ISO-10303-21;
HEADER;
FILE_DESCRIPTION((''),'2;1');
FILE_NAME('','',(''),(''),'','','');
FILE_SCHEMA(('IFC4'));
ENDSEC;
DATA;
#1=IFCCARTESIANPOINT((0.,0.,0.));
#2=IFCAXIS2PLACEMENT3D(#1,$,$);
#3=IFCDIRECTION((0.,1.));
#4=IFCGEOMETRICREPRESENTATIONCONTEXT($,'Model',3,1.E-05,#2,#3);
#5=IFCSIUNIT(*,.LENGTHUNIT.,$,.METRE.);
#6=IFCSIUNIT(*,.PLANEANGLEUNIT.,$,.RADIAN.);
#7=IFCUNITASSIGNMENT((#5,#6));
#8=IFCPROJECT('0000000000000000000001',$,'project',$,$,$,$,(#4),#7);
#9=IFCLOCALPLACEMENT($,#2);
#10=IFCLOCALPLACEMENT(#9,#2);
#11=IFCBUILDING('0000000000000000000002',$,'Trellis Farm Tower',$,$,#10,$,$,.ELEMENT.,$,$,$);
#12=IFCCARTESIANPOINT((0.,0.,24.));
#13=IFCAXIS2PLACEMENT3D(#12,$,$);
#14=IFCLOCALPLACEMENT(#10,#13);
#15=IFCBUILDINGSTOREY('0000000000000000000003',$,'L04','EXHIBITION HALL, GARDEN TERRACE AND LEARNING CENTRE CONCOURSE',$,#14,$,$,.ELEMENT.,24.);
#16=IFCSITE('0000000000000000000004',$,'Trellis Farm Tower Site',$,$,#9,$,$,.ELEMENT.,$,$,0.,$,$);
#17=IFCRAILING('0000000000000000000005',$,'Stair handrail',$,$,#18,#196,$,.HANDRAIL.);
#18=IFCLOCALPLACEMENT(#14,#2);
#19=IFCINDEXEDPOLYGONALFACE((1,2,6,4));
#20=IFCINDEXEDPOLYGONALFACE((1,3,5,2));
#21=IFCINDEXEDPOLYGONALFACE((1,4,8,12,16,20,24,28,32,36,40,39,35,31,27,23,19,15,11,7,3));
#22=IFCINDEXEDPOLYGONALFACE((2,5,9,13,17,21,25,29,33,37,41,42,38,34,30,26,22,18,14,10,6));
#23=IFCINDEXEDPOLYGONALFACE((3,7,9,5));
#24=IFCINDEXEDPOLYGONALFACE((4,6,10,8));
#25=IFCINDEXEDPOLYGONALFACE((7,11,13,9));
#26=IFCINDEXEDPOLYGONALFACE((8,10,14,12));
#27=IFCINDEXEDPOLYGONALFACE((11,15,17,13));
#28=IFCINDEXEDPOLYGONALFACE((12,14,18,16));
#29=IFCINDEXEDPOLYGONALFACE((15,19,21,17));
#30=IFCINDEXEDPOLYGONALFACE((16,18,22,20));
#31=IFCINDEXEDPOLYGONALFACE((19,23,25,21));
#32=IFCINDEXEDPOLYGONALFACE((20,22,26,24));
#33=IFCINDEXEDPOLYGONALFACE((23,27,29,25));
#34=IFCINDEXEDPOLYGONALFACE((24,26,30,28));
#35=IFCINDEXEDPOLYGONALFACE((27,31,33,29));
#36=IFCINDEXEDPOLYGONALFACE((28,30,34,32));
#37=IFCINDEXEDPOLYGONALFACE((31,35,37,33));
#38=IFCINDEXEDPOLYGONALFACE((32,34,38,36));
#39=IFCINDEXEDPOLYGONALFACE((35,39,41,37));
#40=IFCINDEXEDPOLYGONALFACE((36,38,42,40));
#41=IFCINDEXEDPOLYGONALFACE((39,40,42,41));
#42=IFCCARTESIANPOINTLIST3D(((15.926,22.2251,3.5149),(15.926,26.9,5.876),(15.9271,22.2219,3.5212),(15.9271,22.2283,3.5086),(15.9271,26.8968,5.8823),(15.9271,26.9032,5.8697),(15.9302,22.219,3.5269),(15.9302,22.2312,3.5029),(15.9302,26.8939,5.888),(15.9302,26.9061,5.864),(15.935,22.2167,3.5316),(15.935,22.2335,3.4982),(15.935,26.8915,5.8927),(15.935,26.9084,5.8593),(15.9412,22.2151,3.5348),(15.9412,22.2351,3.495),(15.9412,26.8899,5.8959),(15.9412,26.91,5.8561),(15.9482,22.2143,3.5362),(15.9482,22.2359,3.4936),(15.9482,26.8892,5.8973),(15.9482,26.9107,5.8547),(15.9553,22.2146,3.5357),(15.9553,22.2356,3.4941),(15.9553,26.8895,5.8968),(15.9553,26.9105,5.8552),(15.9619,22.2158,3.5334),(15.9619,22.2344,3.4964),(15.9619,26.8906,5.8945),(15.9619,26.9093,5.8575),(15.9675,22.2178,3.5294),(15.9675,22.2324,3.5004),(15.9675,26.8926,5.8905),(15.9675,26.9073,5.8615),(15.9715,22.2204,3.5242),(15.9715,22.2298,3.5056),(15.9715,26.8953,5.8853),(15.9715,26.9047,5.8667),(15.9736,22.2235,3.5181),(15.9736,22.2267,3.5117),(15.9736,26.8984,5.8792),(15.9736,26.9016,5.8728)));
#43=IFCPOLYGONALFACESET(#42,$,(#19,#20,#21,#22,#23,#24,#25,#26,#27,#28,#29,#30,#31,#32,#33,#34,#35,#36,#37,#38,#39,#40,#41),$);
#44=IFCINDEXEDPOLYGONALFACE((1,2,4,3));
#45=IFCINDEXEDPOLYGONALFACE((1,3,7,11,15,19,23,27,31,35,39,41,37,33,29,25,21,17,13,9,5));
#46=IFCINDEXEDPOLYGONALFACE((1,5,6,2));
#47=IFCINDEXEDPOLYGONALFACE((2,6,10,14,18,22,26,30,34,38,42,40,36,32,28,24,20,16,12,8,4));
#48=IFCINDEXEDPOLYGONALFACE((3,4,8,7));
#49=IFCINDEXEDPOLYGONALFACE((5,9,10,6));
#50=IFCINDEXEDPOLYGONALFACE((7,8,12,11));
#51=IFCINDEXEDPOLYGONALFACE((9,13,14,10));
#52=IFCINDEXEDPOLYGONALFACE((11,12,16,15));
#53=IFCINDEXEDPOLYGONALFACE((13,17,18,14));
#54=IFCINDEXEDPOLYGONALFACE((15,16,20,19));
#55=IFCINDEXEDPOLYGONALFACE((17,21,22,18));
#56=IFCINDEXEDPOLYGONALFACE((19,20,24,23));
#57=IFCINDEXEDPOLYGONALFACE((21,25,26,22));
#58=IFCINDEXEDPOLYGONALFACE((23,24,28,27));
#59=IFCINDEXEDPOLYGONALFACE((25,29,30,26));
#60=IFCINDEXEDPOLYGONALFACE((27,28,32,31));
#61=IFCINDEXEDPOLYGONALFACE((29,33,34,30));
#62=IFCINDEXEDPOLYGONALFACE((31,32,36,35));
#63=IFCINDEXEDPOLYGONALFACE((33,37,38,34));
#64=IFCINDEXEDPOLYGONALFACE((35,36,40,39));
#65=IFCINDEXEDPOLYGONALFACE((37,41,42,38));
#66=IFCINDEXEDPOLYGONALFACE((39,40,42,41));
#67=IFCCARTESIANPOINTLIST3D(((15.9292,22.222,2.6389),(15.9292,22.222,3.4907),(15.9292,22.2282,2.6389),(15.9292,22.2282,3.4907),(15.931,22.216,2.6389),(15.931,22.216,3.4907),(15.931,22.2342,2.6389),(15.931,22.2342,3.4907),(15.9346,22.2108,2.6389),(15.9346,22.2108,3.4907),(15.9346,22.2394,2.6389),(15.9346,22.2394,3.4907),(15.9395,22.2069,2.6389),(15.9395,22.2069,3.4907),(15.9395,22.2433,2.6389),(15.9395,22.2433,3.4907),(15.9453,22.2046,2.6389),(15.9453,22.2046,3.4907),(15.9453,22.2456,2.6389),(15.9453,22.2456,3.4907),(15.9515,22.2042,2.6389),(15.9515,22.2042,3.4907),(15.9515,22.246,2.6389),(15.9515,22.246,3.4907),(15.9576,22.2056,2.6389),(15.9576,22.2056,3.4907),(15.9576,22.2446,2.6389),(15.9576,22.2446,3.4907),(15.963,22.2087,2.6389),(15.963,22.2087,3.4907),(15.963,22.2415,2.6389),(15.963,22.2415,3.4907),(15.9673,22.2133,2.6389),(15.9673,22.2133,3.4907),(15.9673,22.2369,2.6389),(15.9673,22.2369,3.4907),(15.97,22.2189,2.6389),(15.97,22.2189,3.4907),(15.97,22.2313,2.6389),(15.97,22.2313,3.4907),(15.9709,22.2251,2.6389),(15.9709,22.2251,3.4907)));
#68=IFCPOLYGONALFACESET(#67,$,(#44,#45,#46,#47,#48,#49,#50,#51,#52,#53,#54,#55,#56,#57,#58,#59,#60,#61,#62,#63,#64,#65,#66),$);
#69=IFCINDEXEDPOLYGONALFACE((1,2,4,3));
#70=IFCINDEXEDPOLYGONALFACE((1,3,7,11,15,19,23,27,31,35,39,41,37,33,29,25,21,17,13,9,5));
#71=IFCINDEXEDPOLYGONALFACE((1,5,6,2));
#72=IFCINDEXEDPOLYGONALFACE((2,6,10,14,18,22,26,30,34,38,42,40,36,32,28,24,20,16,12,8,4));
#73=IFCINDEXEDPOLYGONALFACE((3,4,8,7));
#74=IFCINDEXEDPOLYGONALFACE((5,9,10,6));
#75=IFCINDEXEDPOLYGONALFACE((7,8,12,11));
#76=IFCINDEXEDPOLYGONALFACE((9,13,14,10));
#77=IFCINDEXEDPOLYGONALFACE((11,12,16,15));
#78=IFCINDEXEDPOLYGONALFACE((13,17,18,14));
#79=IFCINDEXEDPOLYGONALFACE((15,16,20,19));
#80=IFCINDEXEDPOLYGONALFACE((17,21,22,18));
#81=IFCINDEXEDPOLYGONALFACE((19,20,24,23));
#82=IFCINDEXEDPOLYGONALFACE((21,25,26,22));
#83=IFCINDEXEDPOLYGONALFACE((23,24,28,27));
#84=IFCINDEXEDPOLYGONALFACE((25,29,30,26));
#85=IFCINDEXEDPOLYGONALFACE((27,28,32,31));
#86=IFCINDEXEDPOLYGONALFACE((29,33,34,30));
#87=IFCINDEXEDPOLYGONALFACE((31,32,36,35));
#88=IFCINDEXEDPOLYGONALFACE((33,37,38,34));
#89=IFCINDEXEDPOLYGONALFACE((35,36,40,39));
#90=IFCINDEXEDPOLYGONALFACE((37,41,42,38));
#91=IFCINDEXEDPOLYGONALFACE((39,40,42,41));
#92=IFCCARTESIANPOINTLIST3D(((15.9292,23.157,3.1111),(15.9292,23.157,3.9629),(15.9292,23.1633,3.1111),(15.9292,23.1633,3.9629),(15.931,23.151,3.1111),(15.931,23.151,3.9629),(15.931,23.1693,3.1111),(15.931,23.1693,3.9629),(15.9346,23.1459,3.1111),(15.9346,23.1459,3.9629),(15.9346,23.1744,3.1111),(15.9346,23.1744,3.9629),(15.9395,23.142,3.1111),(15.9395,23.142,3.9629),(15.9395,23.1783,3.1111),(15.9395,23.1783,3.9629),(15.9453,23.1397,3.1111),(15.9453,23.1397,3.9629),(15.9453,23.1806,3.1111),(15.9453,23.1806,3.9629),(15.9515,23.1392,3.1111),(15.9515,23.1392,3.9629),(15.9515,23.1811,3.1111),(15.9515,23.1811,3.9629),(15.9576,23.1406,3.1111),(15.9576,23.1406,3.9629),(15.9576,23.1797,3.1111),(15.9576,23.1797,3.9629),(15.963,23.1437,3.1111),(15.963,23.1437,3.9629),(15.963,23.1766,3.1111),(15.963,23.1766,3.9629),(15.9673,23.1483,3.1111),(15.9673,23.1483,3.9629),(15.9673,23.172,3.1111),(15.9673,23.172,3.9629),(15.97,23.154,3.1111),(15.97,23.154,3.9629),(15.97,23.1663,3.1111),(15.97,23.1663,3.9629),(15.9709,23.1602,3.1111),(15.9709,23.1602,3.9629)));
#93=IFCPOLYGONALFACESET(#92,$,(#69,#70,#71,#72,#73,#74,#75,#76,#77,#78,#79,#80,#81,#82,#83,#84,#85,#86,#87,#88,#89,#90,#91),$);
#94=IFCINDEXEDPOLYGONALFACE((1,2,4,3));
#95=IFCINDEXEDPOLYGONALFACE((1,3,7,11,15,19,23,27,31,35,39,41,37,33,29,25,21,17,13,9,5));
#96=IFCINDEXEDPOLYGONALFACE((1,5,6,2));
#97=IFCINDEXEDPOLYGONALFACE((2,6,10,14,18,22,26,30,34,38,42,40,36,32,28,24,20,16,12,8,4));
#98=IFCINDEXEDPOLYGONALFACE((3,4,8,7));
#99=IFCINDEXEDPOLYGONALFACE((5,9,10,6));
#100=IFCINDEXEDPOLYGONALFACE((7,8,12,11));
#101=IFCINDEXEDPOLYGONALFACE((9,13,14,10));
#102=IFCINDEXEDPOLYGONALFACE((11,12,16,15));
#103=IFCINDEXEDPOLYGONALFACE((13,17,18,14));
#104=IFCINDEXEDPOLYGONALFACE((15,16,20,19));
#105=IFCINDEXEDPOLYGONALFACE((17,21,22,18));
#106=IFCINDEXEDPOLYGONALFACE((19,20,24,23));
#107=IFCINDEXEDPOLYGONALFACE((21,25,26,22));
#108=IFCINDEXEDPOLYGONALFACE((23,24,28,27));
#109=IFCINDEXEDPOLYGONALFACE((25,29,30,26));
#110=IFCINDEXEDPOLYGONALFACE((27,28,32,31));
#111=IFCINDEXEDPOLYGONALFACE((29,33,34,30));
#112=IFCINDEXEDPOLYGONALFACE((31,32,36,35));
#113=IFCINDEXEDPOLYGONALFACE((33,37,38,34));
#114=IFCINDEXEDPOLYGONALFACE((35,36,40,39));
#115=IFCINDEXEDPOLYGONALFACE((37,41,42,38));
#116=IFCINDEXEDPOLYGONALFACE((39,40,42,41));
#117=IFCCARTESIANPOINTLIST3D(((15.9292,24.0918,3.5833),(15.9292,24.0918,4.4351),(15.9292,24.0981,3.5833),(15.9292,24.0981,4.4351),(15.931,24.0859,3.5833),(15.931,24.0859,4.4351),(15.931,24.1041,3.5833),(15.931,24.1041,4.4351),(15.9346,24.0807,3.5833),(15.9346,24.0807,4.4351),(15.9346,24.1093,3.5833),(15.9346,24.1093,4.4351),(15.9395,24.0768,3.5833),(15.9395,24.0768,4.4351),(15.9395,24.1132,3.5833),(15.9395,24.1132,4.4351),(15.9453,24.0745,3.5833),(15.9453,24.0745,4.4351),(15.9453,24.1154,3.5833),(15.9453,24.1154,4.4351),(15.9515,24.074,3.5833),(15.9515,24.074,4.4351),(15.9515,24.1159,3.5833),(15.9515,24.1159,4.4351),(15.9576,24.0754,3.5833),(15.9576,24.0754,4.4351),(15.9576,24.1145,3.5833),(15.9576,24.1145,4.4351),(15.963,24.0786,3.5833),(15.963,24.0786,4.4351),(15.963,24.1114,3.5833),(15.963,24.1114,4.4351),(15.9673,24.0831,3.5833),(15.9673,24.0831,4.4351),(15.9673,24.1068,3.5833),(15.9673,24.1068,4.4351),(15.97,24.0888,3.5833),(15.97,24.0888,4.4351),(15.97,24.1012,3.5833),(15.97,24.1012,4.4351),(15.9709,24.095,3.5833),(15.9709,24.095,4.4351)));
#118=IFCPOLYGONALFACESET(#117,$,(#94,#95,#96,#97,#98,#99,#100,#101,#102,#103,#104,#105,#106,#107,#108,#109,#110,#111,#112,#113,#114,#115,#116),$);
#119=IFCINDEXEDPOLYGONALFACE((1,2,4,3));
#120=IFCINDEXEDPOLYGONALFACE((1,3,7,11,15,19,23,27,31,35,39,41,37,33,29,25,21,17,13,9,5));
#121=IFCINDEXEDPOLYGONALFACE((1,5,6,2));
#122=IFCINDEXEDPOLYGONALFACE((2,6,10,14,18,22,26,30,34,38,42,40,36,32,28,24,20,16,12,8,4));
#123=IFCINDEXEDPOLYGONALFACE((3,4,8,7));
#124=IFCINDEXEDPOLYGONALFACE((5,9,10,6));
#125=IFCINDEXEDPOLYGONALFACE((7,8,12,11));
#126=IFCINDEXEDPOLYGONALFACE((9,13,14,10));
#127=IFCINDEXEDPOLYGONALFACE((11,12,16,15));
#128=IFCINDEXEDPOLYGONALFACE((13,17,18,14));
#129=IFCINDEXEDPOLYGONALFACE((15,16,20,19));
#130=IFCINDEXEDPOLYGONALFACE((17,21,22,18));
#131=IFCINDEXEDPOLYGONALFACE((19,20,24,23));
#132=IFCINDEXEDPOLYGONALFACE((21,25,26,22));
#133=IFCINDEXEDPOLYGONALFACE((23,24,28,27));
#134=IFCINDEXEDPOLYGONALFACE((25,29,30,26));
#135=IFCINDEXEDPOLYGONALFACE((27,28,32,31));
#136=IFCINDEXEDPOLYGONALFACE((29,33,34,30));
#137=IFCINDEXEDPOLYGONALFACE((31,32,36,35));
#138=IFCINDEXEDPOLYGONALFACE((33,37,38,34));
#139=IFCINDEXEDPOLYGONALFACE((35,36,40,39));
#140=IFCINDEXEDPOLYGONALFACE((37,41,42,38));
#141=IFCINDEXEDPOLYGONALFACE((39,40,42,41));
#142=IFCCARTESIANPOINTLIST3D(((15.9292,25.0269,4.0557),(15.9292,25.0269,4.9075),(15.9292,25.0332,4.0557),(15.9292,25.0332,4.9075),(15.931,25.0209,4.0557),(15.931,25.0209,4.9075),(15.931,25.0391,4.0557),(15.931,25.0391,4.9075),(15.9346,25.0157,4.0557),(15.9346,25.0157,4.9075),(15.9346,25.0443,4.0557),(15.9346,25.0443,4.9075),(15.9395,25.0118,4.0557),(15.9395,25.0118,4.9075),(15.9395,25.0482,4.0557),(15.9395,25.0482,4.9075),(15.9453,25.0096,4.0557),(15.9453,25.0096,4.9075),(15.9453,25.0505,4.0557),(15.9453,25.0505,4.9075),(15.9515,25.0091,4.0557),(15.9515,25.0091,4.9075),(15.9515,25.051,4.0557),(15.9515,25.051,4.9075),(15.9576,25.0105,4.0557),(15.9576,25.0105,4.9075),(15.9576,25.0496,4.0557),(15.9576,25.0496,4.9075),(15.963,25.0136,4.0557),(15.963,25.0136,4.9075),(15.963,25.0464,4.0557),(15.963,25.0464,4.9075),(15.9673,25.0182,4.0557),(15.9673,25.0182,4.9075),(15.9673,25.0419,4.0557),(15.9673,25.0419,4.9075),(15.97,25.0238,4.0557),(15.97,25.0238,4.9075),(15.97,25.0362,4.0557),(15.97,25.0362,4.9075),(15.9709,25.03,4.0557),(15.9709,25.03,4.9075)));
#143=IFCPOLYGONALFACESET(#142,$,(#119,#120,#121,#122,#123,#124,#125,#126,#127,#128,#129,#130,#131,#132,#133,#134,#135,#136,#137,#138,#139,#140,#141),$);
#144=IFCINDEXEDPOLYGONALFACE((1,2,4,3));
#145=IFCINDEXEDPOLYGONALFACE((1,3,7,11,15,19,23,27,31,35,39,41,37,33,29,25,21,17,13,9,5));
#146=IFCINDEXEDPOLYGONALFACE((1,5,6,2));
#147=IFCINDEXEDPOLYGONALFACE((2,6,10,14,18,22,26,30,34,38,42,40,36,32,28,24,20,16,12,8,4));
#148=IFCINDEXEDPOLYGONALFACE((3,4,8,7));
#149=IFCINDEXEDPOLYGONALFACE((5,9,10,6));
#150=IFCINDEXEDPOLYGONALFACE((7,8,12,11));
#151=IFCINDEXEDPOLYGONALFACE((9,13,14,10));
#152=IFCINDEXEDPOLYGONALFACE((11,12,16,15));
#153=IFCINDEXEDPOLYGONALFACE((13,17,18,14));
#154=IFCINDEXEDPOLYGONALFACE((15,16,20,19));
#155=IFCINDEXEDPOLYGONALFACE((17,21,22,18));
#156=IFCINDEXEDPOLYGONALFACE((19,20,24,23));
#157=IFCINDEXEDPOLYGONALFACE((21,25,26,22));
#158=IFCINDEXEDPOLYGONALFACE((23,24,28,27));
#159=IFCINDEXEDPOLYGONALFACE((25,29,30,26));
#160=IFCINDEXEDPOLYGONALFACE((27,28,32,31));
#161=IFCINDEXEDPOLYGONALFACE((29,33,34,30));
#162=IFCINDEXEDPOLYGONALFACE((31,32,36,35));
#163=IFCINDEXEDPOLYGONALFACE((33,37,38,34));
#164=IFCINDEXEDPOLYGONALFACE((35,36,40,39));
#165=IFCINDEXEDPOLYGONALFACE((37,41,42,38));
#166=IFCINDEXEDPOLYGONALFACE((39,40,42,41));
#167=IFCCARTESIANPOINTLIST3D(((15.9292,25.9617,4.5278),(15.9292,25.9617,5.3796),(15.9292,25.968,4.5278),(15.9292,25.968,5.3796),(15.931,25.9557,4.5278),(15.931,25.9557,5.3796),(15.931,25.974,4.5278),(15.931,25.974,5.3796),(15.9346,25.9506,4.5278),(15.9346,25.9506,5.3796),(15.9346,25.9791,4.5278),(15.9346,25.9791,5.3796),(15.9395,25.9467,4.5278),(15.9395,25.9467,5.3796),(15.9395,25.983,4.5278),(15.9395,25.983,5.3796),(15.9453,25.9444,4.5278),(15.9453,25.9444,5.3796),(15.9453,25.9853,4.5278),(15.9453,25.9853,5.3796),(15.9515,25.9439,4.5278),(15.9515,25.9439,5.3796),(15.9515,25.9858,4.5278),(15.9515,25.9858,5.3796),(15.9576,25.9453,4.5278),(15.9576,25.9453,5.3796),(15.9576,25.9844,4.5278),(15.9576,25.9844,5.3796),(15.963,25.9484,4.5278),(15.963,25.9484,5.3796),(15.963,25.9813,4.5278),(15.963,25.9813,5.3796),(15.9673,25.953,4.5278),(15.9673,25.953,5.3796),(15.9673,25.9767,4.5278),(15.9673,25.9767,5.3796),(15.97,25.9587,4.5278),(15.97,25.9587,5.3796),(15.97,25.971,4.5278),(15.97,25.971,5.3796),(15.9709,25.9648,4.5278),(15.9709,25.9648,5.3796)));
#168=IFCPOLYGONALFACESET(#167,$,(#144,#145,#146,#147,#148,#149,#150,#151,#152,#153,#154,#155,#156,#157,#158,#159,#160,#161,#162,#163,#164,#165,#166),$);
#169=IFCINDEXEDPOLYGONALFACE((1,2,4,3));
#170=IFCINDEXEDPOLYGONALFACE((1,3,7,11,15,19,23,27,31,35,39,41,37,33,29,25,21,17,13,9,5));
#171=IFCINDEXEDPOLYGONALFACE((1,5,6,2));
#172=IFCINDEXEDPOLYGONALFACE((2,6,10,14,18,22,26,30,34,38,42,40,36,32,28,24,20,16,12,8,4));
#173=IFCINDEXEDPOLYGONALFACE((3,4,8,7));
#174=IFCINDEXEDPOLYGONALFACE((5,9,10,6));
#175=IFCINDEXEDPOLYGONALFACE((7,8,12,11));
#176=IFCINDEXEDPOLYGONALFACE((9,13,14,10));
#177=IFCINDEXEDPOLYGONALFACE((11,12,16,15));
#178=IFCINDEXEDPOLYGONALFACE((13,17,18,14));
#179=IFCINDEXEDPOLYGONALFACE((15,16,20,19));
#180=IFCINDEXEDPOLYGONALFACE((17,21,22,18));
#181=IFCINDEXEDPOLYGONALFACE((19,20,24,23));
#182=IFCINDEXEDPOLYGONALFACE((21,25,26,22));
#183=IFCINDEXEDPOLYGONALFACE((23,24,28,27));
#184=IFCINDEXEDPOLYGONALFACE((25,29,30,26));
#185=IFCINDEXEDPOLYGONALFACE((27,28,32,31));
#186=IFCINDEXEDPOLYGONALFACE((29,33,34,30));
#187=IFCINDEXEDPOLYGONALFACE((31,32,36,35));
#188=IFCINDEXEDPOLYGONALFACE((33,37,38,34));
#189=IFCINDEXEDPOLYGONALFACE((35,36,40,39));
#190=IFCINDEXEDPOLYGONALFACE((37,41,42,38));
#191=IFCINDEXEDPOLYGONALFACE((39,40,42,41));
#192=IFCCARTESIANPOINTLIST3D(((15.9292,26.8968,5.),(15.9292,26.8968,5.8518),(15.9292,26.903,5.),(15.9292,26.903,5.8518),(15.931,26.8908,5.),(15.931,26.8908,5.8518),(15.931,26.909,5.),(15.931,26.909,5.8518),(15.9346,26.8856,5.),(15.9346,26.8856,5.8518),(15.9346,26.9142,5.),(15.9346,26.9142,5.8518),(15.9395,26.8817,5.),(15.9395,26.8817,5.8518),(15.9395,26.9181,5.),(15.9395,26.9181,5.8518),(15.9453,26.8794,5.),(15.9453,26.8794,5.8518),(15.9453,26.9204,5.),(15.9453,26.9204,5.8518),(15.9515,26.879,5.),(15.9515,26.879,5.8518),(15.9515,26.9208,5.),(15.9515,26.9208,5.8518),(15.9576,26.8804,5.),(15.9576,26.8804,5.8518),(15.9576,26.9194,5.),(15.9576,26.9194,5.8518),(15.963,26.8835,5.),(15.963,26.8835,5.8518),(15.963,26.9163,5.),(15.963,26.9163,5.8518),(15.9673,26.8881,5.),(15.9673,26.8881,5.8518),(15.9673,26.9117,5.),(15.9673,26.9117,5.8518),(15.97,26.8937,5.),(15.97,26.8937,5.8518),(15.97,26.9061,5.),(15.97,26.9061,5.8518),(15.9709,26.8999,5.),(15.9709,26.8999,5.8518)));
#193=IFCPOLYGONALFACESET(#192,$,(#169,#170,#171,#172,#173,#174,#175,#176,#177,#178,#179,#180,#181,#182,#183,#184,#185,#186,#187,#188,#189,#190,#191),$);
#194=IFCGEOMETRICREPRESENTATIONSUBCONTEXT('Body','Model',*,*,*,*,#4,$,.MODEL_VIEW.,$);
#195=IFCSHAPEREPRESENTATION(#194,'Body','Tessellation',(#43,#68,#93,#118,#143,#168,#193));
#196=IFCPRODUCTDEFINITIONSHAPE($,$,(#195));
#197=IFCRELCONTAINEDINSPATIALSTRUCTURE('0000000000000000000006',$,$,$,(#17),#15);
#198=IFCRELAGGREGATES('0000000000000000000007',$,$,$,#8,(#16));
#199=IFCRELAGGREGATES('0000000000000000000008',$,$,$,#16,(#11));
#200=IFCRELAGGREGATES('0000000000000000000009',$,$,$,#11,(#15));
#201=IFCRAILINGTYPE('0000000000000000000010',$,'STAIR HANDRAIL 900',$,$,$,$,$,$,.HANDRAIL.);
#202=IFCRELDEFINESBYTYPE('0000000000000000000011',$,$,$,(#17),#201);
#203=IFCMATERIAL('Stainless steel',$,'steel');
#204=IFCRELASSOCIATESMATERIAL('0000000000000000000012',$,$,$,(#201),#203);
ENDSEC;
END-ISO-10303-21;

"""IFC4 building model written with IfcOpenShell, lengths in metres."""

from ifc_helpers import new_model, si_unit, direction, frame, origin, origin_2d, place, context, subcontext, project, spatial, circle, extrude, source, transform, mapped, material, type_object, element, save


model = new_model("IFC4")

# Units and contexts
model_context = context("Model", 3, precision=1e-05, world=origin(), true_north=direction((0.0, 1.0)))
body_context = subcontext(model_context, "Body", "Model", "MODEL_VIEW")
ifc_project = project(units=[si_unit("LENGTHUNIT", "METRE"), si_unit("PLANEANGLEUNIT", "RADIAN")], contexts=[model_context])

# Site, building, storey
site_placement = place(None, origin())
site = spatial("IfcSite", under=ifc_project, at=site_placement, Name="Trellis Farm Tower Site", CompositionType="ELEMENT", RefElevation=0.0)
building_placement = place(site_placement, origin())
building = spatial("IfcBuilding", under=site, at=building_placement, Name="Trellis Farm Tower", CompositionType="ELEMENT")
storey_placement = place(building_placement, frame((0.0, 0.0, 24.0)))
storey = spatial("IfcBuildingStorey", under=building, at=storey_placement, Name="L04", Description="EXHIBITION HALL, GARDEN TERRACE AND LEARNING CENTRE CONCOURSE", CompositionType="ELEMENT", Elevation=24.0)

# Railing
ifc_material_1 = material(Name="Stainless steel", Category="steel")
railing_type = type_object("IfcRailingType", Name="STAIR HANDRAIL 900", PredefinedType="HANDRAIL", material=ifc_material_1)
shared_shape_1 = source(origin(), body_context, "Body", "SweptSolid", [
    extrude(circle(Radius=0.0239, at=origin_2d()), frame((0.0, 0.0, 0.876), z_axis=(0.0, 0.892611, 0.450827), x_axis=(-1.0, 0.0, 0.0)), (0.0, 0.0, 1.0), 5.2373),
    extrude(circle(Radius=0.021, at=origin_2d()), origin(), (0.0, 0.0, 1.0), 0.8518),
    extrude(circle(Radius=0.021, at=origin_2d()), frame((0.0, 0.9351, 0.4722)), (0.0, 0.0, 1.0), 0.8518),
    extrude(circle(Radius=0.021, at=origin_2d()), frame((0.0, 1.8699, 0.9443)), (0.0, 0.0, 1.0), 0.8518),
    extrude(circle(Radius=0.021, at=origin_2d()), frame((0.0, 2.8049, 1.4167)), (0.0, 0.0, 1.0), 0.8518),
    extrude(circle(Radius=0.021, at=origin_2d()), frame((0.0, 3.7397, 1.8889)), (0.0, 0.0, 1.0), 0.8518),
    extrude(circle(Radius=0.021, at=origin_2d()), frame((0.0, 4.6748, 2.3611)), (0.0, 0.0, 1.0), 0.8518),
])
for number, where, name in (
    (1, (15.95, 22.2251, 2.6389), "Stair handrail"),
):
    element("IfcRailing", number, at=place(storey_placement, frame(where)), inside=storey, type_object=railing_type, Name=name, PredefinedType="HANDRAIL", context=body_context, shape_type="MappedRepresentation", body=[
        mapped(shared_shape_1, transform((0.0, 0.0, 0.0))),
    ])

save(model, "model.ifc")
